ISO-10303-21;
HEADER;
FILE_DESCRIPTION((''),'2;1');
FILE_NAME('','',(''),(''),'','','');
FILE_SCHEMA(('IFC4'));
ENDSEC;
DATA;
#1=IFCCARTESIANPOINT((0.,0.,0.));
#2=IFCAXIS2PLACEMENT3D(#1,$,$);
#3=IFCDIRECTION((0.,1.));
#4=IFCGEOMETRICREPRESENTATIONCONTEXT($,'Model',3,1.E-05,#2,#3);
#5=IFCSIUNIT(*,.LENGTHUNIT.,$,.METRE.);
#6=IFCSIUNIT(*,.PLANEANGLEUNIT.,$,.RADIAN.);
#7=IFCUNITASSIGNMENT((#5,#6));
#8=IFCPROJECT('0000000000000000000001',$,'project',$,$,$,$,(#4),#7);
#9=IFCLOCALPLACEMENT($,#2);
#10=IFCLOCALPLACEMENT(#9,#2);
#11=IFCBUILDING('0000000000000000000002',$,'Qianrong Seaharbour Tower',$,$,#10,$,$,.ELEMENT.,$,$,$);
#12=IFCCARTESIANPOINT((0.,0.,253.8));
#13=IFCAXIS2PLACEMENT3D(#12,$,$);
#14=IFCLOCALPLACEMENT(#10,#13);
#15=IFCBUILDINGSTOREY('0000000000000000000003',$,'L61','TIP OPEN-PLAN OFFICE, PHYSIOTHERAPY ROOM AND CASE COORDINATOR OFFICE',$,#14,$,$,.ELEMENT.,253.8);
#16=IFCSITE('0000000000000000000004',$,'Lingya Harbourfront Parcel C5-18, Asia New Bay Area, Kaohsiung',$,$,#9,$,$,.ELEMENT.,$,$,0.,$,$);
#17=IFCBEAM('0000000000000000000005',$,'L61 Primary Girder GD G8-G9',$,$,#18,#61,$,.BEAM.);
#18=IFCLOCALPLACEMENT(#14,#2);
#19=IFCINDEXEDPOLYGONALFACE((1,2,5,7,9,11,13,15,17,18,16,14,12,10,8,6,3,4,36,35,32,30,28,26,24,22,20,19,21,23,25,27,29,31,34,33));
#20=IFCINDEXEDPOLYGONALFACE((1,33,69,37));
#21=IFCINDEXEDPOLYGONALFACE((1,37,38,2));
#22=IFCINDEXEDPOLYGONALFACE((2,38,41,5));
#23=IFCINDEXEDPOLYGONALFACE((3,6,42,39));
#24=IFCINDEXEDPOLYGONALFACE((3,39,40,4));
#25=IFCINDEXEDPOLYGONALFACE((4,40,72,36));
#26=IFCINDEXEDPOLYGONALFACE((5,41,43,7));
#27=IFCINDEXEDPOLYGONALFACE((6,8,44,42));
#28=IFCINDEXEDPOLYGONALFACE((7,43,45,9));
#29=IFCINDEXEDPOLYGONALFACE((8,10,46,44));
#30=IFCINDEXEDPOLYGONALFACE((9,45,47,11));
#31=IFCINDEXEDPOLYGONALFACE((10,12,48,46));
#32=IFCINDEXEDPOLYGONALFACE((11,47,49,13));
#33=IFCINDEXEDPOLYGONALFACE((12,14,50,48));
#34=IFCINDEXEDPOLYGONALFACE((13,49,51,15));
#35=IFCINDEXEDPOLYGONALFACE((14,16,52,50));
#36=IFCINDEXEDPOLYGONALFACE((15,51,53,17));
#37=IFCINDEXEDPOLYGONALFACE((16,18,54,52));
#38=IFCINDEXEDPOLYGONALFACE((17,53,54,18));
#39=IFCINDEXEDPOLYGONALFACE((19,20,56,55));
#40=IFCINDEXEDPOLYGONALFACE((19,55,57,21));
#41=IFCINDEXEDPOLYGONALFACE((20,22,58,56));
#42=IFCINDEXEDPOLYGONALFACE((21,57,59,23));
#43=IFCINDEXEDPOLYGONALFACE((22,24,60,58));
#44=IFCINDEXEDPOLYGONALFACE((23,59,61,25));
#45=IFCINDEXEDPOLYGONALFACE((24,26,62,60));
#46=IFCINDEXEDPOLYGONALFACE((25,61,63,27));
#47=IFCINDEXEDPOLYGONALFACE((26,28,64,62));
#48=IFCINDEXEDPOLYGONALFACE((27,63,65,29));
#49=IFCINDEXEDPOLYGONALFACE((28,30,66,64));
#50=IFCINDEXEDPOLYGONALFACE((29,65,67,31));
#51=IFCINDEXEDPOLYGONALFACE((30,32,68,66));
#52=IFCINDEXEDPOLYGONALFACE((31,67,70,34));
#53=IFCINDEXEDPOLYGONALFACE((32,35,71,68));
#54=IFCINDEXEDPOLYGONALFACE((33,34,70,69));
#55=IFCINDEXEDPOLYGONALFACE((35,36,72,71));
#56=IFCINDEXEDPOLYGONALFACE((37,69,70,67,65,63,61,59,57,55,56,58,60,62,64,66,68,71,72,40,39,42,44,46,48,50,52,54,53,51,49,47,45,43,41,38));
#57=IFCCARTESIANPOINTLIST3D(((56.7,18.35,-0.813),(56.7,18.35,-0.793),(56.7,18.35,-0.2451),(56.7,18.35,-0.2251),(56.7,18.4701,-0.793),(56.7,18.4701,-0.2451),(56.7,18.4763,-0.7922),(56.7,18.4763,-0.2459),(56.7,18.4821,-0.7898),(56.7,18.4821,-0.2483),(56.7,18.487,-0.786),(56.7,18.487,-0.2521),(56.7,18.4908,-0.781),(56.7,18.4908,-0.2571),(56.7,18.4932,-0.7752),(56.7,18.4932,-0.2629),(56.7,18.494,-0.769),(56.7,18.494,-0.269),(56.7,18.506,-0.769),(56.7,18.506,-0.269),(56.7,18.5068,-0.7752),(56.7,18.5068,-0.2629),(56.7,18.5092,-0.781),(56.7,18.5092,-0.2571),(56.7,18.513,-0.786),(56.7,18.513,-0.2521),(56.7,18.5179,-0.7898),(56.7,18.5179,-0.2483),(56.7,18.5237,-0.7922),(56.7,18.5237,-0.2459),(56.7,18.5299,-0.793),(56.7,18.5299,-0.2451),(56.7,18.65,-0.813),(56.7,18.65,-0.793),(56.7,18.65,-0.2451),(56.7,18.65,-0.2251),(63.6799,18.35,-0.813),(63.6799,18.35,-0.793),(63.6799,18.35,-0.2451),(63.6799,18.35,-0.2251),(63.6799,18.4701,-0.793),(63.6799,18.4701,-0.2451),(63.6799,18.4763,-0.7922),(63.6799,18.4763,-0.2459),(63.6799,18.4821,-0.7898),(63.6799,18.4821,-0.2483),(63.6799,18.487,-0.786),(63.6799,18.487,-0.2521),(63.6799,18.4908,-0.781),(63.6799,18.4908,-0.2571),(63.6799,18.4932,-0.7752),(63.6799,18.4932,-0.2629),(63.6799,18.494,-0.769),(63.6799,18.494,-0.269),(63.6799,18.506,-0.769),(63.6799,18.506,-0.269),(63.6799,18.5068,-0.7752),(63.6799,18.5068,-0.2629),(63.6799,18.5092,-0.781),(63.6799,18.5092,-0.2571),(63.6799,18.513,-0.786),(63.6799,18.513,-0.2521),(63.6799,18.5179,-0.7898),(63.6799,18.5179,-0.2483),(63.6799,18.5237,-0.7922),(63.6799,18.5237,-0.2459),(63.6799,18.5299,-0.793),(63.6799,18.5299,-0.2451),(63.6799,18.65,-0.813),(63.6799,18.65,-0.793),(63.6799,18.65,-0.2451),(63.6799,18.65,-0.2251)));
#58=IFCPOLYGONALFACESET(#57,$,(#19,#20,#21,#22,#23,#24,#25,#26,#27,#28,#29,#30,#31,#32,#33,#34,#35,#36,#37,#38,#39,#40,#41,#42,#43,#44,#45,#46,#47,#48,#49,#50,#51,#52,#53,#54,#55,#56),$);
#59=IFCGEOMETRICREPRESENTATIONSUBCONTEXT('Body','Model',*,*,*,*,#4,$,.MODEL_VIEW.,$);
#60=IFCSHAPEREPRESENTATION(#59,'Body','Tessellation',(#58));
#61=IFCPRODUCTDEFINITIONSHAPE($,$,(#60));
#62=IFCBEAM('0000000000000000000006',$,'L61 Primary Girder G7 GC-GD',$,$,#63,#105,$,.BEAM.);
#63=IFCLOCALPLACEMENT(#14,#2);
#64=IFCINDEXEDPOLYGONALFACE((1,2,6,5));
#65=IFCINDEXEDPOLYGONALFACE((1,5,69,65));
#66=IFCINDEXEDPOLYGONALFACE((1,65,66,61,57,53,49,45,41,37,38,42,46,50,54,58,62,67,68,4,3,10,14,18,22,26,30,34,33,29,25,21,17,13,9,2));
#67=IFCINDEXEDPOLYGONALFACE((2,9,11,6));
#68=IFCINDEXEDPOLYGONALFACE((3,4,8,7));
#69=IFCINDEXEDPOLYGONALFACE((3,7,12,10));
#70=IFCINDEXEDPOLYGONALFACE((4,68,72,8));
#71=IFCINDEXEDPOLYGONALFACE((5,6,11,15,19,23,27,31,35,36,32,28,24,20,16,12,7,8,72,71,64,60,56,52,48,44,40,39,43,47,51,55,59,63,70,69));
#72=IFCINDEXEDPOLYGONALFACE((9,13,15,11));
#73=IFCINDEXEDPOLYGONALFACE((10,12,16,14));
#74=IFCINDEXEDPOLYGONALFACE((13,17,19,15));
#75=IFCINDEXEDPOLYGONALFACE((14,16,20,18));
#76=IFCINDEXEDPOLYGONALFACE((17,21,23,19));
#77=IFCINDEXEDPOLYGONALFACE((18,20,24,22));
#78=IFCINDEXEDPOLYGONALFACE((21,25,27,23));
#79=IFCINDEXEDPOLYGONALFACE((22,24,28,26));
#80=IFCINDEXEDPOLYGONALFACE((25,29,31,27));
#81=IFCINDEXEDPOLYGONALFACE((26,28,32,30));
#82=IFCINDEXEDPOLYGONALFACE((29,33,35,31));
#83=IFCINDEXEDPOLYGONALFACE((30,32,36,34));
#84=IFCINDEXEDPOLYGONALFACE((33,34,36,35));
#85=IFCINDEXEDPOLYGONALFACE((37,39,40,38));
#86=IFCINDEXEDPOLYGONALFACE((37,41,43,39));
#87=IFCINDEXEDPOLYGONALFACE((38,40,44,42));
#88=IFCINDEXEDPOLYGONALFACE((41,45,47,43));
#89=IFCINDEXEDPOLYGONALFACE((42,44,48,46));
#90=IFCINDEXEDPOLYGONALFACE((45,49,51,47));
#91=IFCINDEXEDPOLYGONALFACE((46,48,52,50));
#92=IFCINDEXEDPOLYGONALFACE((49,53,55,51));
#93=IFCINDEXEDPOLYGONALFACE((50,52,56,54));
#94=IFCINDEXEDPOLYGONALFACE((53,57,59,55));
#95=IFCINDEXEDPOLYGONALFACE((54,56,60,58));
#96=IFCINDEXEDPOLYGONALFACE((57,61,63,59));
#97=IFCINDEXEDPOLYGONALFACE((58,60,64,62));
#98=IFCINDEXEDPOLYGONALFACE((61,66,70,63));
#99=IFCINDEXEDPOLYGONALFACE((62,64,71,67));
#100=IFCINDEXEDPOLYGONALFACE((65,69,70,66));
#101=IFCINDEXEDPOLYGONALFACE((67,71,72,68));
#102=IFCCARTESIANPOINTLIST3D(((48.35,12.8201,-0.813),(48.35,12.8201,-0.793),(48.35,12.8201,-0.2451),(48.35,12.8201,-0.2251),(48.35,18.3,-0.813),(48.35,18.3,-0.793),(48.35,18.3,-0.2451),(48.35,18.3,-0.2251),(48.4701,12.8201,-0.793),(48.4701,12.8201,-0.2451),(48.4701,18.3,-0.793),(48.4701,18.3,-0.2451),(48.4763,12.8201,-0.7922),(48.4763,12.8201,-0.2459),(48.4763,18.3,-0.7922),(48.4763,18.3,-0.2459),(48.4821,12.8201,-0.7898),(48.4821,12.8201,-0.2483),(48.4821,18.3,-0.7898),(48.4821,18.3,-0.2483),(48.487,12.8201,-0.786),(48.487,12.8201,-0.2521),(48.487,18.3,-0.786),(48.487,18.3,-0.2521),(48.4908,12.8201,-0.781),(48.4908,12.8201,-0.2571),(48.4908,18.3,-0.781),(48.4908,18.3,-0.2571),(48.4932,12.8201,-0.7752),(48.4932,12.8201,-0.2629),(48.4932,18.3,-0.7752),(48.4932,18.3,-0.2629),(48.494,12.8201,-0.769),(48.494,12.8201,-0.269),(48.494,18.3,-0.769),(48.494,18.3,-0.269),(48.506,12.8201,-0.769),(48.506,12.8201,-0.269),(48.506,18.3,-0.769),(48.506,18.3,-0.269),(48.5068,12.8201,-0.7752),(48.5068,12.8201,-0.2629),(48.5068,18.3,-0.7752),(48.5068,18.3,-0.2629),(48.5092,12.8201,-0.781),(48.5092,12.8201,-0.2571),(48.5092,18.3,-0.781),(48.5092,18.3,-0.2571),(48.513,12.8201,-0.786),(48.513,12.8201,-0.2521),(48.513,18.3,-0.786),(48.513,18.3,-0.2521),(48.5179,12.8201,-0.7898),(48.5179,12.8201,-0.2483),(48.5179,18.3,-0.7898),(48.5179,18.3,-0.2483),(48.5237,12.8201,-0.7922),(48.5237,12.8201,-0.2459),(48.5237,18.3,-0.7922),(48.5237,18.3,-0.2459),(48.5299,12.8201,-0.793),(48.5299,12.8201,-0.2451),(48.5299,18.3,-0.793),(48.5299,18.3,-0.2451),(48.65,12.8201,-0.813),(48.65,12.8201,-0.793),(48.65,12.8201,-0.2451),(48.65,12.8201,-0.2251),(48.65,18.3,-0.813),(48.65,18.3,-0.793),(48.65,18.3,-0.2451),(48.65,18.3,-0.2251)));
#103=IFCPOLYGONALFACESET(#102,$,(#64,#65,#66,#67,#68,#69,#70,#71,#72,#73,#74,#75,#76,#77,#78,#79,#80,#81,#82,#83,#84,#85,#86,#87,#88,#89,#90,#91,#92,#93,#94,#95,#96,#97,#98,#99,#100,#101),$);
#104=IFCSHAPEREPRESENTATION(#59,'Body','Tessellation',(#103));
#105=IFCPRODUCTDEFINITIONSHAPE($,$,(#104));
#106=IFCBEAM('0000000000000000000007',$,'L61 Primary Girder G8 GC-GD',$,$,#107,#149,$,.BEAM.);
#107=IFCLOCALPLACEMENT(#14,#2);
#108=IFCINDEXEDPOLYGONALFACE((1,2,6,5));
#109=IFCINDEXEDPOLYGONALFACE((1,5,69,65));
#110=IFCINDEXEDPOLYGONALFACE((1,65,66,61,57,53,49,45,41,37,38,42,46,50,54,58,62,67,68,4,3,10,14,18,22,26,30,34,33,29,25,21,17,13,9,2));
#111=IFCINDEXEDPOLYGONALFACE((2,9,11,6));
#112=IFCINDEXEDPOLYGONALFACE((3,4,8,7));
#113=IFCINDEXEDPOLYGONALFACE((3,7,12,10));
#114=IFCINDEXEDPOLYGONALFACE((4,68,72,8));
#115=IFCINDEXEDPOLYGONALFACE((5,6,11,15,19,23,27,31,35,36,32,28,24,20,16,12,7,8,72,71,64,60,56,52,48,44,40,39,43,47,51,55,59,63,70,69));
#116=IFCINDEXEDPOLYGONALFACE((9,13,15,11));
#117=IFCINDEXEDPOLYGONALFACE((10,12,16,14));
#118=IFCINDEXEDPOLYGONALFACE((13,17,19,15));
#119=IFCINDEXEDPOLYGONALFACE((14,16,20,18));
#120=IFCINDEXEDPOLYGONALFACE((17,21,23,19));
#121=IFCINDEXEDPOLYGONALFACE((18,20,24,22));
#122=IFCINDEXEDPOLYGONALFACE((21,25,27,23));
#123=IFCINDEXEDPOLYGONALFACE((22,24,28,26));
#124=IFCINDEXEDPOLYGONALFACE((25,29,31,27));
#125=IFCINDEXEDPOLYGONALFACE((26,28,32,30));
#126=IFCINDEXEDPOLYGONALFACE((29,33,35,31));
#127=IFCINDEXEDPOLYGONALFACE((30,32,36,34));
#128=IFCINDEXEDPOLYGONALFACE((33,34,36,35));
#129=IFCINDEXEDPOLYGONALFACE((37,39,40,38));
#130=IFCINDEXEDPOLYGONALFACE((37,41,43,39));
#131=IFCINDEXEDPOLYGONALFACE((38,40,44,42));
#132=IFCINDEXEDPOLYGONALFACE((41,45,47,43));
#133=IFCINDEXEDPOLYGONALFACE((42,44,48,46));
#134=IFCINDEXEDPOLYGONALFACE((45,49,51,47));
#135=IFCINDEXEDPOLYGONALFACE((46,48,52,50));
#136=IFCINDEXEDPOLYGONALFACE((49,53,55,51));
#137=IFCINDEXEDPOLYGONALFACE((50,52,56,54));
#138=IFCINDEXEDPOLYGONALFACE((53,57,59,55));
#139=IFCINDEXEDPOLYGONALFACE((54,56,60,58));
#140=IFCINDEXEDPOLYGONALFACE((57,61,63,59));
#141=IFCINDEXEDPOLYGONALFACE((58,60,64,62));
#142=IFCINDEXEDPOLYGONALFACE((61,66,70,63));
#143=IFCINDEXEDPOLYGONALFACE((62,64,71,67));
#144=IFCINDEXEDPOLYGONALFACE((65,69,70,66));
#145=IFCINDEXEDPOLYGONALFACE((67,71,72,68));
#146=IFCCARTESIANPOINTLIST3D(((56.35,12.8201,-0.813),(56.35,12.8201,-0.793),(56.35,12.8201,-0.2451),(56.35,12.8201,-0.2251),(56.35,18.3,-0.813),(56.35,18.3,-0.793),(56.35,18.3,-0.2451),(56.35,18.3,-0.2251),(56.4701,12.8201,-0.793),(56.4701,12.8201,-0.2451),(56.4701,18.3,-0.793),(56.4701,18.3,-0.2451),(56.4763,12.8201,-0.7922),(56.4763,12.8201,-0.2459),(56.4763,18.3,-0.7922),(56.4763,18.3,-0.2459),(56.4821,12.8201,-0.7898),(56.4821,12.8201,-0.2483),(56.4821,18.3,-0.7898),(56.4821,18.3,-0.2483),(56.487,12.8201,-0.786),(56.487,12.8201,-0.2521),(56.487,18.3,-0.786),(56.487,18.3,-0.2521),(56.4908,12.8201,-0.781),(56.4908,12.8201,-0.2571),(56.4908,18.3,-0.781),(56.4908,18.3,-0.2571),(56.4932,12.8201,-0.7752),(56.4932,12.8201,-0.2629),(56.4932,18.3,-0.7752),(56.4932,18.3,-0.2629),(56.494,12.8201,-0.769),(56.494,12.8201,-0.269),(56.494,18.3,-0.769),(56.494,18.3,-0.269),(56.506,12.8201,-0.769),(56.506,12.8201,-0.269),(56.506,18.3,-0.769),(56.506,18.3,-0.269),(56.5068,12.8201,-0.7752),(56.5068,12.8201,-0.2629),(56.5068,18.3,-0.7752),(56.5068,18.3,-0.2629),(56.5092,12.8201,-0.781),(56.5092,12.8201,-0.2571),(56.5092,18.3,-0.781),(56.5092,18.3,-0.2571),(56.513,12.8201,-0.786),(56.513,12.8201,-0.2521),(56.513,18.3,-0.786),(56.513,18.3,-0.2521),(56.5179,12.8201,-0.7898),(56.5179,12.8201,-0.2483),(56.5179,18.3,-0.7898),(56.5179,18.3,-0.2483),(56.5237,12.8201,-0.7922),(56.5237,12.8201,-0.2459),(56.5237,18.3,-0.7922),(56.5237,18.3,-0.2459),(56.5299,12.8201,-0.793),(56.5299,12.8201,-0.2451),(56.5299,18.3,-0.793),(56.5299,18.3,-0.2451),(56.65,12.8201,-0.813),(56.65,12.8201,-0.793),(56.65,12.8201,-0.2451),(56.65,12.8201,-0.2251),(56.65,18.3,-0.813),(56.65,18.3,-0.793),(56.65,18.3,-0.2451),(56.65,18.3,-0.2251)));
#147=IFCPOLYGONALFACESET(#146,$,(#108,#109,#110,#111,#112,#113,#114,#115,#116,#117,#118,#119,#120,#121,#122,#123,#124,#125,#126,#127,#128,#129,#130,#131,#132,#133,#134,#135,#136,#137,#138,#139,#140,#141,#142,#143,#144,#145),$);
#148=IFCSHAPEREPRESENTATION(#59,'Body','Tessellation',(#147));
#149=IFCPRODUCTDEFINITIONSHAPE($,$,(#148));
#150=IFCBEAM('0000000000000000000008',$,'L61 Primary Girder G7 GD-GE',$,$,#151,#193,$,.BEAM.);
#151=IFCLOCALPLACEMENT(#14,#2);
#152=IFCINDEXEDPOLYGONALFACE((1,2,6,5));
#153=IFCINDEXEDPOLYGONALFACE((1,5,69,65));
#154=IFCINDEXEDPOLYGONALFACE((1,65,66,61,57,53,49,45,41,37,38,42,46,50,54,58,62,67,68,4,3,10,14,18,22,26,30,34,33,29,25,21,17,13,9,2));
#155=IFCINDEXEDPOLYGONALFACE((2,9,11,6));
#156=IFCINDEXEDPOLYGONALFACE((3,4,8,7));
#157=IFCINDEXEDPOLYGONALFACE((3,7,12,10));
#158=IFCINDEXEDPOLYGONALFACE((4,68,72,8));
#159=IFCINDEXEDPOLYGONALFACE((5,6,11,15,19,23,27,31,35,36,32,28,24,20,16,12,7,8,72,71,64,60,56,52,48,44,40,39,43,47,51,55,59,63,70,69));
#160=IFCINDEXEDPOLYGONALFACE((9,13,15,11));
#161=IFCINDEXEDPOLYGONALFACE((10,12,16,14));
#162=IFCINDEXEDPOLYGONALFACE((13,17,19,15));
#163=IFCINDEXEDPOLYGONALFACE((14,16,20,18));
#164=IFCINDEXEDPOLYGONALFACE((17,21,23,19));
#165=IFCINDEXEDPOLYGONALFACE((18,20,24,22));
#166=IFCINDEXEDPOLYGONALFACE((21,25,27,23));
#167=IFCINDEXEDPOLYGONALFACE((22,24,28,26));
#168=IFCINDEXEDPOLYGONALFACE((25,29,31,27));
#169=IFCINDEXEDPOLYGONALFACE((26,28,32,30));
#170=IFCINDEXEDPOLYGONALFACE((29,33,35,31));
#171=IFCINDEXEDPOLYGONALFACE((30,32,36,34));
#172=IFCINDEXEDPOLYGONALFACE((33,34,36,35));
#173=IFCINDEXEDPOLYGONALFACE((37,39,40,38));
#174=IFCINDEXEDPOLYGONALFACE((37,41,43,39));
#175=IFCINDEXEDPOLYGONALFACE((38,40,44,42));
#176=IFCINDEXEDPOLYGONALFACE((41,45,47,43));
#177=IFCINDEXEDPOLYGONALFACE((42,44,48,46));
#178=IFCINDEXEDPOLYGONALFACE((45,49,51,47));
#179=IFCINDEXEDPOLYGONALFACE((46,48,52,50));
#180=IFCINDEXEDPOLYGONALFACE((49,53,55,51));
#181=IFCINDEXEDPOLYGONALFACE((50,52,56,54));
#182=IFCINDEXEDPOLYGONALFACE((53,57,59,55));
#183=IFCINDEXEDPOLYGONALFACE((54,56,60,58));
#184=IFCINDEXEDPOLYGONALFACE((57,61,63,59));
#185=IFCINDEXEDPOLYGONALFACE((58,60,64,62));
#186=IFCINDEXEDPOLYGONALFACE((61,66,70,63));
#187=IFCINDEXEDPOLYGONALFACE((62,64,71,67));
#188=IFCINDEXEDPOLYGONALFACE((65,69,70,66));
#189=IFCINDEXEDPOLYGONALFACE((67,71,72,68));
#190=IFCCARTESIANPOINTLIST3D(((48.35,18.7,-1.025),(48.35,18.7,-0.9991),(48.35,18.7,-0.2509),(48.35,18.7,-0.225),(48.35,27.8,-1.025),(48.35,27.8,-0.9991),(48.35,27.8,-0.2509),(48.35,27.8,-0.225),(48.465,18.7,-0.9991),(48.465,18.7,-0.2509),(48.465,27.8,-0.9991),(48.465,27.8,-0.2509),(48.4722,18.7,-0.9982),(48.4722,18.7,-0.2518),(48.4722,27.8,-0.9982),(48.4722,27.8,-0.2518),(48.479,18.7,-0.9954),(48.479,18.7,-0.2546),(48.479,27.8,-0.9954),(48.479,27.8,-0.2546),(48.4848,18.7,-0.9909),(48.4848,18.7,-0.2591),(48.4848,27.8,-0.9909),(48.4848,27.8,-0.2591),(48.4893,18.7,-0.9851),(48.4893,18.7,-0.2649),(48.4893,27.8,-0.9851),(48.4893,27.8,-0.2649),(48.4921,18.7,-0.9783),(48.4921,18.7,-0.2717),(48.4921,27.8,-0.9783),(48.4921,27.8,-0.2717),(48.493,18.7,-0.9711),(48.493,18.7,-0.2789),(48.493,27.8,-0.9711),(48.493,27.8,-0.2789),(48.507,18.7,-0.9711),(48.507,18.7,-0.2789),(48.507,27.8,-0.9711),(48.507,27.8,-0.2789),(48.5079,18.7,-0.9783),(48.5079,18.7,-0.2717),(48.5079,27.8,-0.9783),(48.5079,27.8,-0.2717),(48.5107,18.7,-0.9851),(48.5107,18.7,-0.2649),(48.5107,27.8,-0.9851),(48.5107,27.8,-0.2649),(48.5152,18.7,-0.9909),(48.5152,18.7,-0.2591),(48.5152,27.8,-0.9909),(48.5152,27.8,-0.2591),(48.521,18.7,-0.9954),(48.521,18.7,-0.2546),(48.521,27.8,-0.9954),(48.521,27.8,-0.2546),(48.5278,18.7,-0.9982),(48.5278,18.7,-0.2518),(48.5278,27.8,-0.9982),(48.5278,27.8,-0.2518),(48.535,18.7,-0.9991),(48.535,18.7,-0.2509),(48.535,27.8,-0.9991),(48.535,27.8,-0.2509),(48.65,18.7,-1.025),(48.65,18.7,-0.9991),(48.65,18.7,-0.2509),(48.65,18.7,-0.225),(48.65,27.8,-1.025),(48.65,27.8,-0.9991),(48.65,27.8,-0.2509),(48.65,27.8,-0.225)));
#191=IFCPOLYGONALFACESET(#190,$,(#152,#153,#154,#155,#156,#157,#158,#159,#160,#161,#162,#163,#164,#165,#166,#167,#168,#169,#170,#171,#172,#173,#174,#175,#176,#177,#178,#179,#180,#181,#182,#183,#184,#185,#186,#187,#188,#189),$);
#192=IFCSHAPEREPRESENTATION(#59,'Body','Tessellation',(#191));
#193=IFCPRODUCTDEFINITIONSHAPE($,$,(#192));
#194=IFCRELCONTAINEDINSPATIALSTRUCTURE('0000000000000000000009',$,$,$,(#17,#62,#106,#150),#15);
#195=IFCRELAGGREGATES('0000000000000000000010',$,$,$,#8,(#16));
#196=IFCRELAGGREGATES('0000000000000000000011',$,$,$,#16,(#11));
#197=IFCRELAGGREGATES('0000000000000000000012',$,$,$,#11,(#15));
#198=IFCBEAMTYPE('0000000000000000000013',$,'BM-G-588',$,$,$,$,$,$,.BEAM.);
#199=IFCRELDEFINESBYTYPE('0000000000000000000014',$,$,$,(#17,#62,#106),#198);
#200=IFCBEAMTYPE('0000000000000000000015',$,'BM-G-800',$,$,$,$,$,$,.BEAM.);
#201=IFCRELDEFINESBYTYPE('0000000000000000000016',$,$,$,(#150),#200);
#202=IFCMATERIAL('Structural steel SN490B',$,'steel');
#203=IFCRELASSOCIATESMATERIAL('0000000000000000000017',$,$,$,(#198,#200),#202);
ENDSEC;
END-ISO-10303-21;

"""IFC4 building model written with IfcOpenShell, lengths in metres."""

from ifc_helpers import new_model, si_unit, direction, frame, origin, origin_2d, place, context, subcontext, project, spatial, i_section, extrude, material, material_profile, profile_set, type_object, element, save


model = new_model("IFC4")

# Units and contexts
model_context = context("Model", 3, precision=1e-05, world=origin(), true_north=direction((0.0, 1.0)))
body_context = subcontext(model_context, "Body", "Model", "MODEL_VIEW")
ifc_project = project(units=[si_unit("LENGTHUNIT", "METRE"), si_unit("PLANEANGLEUNIT", "RADIAN")], contexts=[model_context])

# Site, building, storey
site_placement = place(None, origin())
site = spatial("IfcSite", under=ifc_project, at=site_placement, Name="Lingya Harbourfront Parcel C5-18, Asia New Bay Area, Kaohsiung", CompositionType="ELEMENT", RefElevation=0.0)
building_placement = place(site_placement, origin())
building = spatial("IfcBuilding", under=site, at=building_placement, Name="Qianrong Seaharbour Tower", CompositionType="ELEMENT")
storey_placement = place(building_placement, frame((0.0, 0.0, 253.8)))
storey = spatial("IfcBuildingStorey", under=building, at=storey_placement, Name="L61", Description="TIP OPEN-PLAN OFFICE, PHYSIOTHERAPY ROOM AND CASE COORDINATOR OFFICE", CompositionType="ELEMENT", Elevation=253.8)

# Shared definitions
ifc_material_1 = material(Name="Structural steel SN490B", Category="steel")

# Beams
ifc_material_profile_1 = material_profile(ifc_material_1, i_section(OverallWidth=0.3, OverallDepth=0.5879, WebThickness=0.012, FlangeThickness=0.02, FilletRadius=0.0239, at=origin_2d()), Name="H588x300x12x20")
ifc_profile_set_1 = profile_set([ifc_material_profile_1], Name="Structural steel SN490B")
beam_type_1 = type_object("IfcBeamType", Name="BM-G-588", PredefinedType="BEAM", material=ifc_profile_set_1)
beam_1_placement = place(storey_placement, frame((56.7, 18.5, -0.519), z_axis=(1.0, 0.0, 0.0), x_axis=(0.0, 1.0, 0.0)))
element("IfcBeam", 1, at=beam_1_placement, inside=storey, type_object=beam_type_1, Name="L61 Primary Girder GD G8-G9", PredefinedType="BEAM", context=body_context, shape_type="SweptSolid", body=[
    extrude(i_section(OverallWidth=0.3, OverallDepth=0.5879, WebThickness=0.012, FlangeThickness=0.02, FilletRadius=0.0239, at=origin_2d()), origin(), (0.0, 0.0, 1.0), 6.98),
])
for number, where, z_axis, x_axis, name in (
    (2, (48.5, 12.8201, -0.519), (0.0, 1.0, 0.0), (-1.0, 0.0, 0.0), "L61 Primary Girder G7 GC-GD"),
    (3, (56.5, 12.8201, -0.519), (0.0, 1.0, 0.0), (-1.0, 0.0, 0.0), "L61 Primary Girder G8 GC-GD"),
):
    element("IfcBeam", number, at=place(storey_placement, frame(where, z_axis=z_axis, x_axis=x_axis)), inside=storey, type_object=beam_type_1, Name=name, PredefinedType="BEAM", context=body_context, shape_type="SweptSolid", body=[
        extrude(i_section(OverallWidth=0.3, OverallDepth=0.5879, WebThickness=0.012, FlangeThickness=0.02, FilletRadius=0.0239, at=origin_2d()), origin(), (0.0, 0.0, 1.0), 5.48),
    ])
ifc_material_profile_2 = material_profile(ifc_material_1, i_section(OverallWidth=0.3, OverallDepth=0.8, WebThickness=0.0139, FlangeThickness=0.0259, FilletRadius=0.0281, at=origin_2d()), Name="H800x300x14x26")
ifc_profile_set_2 = profile_set([ifc_material_profile_2], Name="Structural steel SN490B")
beam_type_2 = type_object("IfcBeamType", Name="BM-G-800", PredefinedType="BEAM", material=ifc_profile_set_2)
for number, where, z_axis, x_axis, name in (
    (4, (48.5, 18.7, -0.625), (0.0, 1.0, 0.0), (-1.0, 0.0, 0.0), "L61 Primary Girder G7 GD-GE"),
):
    element("IfcBeam", number, at=place(storey_placement, frame(where, z_axis=z_axis, x_axis=x_axis)), inside=storey, type_object=beam_type_2, Name=name, PredefinedType="BEAM", context=body_context, shape_type="SweptSolid", body=[
        extrude(i_section(OverallWidth=0.3, OverallDepth=0.8, WebThickness=0.0139, FlangeThickness=0.0259, FilletRadius=0.0281, at=origin_2d()), origin(), (0.0, 0.0, 1.0), 9.1001),
    ])

save(model, "model.ifc")
